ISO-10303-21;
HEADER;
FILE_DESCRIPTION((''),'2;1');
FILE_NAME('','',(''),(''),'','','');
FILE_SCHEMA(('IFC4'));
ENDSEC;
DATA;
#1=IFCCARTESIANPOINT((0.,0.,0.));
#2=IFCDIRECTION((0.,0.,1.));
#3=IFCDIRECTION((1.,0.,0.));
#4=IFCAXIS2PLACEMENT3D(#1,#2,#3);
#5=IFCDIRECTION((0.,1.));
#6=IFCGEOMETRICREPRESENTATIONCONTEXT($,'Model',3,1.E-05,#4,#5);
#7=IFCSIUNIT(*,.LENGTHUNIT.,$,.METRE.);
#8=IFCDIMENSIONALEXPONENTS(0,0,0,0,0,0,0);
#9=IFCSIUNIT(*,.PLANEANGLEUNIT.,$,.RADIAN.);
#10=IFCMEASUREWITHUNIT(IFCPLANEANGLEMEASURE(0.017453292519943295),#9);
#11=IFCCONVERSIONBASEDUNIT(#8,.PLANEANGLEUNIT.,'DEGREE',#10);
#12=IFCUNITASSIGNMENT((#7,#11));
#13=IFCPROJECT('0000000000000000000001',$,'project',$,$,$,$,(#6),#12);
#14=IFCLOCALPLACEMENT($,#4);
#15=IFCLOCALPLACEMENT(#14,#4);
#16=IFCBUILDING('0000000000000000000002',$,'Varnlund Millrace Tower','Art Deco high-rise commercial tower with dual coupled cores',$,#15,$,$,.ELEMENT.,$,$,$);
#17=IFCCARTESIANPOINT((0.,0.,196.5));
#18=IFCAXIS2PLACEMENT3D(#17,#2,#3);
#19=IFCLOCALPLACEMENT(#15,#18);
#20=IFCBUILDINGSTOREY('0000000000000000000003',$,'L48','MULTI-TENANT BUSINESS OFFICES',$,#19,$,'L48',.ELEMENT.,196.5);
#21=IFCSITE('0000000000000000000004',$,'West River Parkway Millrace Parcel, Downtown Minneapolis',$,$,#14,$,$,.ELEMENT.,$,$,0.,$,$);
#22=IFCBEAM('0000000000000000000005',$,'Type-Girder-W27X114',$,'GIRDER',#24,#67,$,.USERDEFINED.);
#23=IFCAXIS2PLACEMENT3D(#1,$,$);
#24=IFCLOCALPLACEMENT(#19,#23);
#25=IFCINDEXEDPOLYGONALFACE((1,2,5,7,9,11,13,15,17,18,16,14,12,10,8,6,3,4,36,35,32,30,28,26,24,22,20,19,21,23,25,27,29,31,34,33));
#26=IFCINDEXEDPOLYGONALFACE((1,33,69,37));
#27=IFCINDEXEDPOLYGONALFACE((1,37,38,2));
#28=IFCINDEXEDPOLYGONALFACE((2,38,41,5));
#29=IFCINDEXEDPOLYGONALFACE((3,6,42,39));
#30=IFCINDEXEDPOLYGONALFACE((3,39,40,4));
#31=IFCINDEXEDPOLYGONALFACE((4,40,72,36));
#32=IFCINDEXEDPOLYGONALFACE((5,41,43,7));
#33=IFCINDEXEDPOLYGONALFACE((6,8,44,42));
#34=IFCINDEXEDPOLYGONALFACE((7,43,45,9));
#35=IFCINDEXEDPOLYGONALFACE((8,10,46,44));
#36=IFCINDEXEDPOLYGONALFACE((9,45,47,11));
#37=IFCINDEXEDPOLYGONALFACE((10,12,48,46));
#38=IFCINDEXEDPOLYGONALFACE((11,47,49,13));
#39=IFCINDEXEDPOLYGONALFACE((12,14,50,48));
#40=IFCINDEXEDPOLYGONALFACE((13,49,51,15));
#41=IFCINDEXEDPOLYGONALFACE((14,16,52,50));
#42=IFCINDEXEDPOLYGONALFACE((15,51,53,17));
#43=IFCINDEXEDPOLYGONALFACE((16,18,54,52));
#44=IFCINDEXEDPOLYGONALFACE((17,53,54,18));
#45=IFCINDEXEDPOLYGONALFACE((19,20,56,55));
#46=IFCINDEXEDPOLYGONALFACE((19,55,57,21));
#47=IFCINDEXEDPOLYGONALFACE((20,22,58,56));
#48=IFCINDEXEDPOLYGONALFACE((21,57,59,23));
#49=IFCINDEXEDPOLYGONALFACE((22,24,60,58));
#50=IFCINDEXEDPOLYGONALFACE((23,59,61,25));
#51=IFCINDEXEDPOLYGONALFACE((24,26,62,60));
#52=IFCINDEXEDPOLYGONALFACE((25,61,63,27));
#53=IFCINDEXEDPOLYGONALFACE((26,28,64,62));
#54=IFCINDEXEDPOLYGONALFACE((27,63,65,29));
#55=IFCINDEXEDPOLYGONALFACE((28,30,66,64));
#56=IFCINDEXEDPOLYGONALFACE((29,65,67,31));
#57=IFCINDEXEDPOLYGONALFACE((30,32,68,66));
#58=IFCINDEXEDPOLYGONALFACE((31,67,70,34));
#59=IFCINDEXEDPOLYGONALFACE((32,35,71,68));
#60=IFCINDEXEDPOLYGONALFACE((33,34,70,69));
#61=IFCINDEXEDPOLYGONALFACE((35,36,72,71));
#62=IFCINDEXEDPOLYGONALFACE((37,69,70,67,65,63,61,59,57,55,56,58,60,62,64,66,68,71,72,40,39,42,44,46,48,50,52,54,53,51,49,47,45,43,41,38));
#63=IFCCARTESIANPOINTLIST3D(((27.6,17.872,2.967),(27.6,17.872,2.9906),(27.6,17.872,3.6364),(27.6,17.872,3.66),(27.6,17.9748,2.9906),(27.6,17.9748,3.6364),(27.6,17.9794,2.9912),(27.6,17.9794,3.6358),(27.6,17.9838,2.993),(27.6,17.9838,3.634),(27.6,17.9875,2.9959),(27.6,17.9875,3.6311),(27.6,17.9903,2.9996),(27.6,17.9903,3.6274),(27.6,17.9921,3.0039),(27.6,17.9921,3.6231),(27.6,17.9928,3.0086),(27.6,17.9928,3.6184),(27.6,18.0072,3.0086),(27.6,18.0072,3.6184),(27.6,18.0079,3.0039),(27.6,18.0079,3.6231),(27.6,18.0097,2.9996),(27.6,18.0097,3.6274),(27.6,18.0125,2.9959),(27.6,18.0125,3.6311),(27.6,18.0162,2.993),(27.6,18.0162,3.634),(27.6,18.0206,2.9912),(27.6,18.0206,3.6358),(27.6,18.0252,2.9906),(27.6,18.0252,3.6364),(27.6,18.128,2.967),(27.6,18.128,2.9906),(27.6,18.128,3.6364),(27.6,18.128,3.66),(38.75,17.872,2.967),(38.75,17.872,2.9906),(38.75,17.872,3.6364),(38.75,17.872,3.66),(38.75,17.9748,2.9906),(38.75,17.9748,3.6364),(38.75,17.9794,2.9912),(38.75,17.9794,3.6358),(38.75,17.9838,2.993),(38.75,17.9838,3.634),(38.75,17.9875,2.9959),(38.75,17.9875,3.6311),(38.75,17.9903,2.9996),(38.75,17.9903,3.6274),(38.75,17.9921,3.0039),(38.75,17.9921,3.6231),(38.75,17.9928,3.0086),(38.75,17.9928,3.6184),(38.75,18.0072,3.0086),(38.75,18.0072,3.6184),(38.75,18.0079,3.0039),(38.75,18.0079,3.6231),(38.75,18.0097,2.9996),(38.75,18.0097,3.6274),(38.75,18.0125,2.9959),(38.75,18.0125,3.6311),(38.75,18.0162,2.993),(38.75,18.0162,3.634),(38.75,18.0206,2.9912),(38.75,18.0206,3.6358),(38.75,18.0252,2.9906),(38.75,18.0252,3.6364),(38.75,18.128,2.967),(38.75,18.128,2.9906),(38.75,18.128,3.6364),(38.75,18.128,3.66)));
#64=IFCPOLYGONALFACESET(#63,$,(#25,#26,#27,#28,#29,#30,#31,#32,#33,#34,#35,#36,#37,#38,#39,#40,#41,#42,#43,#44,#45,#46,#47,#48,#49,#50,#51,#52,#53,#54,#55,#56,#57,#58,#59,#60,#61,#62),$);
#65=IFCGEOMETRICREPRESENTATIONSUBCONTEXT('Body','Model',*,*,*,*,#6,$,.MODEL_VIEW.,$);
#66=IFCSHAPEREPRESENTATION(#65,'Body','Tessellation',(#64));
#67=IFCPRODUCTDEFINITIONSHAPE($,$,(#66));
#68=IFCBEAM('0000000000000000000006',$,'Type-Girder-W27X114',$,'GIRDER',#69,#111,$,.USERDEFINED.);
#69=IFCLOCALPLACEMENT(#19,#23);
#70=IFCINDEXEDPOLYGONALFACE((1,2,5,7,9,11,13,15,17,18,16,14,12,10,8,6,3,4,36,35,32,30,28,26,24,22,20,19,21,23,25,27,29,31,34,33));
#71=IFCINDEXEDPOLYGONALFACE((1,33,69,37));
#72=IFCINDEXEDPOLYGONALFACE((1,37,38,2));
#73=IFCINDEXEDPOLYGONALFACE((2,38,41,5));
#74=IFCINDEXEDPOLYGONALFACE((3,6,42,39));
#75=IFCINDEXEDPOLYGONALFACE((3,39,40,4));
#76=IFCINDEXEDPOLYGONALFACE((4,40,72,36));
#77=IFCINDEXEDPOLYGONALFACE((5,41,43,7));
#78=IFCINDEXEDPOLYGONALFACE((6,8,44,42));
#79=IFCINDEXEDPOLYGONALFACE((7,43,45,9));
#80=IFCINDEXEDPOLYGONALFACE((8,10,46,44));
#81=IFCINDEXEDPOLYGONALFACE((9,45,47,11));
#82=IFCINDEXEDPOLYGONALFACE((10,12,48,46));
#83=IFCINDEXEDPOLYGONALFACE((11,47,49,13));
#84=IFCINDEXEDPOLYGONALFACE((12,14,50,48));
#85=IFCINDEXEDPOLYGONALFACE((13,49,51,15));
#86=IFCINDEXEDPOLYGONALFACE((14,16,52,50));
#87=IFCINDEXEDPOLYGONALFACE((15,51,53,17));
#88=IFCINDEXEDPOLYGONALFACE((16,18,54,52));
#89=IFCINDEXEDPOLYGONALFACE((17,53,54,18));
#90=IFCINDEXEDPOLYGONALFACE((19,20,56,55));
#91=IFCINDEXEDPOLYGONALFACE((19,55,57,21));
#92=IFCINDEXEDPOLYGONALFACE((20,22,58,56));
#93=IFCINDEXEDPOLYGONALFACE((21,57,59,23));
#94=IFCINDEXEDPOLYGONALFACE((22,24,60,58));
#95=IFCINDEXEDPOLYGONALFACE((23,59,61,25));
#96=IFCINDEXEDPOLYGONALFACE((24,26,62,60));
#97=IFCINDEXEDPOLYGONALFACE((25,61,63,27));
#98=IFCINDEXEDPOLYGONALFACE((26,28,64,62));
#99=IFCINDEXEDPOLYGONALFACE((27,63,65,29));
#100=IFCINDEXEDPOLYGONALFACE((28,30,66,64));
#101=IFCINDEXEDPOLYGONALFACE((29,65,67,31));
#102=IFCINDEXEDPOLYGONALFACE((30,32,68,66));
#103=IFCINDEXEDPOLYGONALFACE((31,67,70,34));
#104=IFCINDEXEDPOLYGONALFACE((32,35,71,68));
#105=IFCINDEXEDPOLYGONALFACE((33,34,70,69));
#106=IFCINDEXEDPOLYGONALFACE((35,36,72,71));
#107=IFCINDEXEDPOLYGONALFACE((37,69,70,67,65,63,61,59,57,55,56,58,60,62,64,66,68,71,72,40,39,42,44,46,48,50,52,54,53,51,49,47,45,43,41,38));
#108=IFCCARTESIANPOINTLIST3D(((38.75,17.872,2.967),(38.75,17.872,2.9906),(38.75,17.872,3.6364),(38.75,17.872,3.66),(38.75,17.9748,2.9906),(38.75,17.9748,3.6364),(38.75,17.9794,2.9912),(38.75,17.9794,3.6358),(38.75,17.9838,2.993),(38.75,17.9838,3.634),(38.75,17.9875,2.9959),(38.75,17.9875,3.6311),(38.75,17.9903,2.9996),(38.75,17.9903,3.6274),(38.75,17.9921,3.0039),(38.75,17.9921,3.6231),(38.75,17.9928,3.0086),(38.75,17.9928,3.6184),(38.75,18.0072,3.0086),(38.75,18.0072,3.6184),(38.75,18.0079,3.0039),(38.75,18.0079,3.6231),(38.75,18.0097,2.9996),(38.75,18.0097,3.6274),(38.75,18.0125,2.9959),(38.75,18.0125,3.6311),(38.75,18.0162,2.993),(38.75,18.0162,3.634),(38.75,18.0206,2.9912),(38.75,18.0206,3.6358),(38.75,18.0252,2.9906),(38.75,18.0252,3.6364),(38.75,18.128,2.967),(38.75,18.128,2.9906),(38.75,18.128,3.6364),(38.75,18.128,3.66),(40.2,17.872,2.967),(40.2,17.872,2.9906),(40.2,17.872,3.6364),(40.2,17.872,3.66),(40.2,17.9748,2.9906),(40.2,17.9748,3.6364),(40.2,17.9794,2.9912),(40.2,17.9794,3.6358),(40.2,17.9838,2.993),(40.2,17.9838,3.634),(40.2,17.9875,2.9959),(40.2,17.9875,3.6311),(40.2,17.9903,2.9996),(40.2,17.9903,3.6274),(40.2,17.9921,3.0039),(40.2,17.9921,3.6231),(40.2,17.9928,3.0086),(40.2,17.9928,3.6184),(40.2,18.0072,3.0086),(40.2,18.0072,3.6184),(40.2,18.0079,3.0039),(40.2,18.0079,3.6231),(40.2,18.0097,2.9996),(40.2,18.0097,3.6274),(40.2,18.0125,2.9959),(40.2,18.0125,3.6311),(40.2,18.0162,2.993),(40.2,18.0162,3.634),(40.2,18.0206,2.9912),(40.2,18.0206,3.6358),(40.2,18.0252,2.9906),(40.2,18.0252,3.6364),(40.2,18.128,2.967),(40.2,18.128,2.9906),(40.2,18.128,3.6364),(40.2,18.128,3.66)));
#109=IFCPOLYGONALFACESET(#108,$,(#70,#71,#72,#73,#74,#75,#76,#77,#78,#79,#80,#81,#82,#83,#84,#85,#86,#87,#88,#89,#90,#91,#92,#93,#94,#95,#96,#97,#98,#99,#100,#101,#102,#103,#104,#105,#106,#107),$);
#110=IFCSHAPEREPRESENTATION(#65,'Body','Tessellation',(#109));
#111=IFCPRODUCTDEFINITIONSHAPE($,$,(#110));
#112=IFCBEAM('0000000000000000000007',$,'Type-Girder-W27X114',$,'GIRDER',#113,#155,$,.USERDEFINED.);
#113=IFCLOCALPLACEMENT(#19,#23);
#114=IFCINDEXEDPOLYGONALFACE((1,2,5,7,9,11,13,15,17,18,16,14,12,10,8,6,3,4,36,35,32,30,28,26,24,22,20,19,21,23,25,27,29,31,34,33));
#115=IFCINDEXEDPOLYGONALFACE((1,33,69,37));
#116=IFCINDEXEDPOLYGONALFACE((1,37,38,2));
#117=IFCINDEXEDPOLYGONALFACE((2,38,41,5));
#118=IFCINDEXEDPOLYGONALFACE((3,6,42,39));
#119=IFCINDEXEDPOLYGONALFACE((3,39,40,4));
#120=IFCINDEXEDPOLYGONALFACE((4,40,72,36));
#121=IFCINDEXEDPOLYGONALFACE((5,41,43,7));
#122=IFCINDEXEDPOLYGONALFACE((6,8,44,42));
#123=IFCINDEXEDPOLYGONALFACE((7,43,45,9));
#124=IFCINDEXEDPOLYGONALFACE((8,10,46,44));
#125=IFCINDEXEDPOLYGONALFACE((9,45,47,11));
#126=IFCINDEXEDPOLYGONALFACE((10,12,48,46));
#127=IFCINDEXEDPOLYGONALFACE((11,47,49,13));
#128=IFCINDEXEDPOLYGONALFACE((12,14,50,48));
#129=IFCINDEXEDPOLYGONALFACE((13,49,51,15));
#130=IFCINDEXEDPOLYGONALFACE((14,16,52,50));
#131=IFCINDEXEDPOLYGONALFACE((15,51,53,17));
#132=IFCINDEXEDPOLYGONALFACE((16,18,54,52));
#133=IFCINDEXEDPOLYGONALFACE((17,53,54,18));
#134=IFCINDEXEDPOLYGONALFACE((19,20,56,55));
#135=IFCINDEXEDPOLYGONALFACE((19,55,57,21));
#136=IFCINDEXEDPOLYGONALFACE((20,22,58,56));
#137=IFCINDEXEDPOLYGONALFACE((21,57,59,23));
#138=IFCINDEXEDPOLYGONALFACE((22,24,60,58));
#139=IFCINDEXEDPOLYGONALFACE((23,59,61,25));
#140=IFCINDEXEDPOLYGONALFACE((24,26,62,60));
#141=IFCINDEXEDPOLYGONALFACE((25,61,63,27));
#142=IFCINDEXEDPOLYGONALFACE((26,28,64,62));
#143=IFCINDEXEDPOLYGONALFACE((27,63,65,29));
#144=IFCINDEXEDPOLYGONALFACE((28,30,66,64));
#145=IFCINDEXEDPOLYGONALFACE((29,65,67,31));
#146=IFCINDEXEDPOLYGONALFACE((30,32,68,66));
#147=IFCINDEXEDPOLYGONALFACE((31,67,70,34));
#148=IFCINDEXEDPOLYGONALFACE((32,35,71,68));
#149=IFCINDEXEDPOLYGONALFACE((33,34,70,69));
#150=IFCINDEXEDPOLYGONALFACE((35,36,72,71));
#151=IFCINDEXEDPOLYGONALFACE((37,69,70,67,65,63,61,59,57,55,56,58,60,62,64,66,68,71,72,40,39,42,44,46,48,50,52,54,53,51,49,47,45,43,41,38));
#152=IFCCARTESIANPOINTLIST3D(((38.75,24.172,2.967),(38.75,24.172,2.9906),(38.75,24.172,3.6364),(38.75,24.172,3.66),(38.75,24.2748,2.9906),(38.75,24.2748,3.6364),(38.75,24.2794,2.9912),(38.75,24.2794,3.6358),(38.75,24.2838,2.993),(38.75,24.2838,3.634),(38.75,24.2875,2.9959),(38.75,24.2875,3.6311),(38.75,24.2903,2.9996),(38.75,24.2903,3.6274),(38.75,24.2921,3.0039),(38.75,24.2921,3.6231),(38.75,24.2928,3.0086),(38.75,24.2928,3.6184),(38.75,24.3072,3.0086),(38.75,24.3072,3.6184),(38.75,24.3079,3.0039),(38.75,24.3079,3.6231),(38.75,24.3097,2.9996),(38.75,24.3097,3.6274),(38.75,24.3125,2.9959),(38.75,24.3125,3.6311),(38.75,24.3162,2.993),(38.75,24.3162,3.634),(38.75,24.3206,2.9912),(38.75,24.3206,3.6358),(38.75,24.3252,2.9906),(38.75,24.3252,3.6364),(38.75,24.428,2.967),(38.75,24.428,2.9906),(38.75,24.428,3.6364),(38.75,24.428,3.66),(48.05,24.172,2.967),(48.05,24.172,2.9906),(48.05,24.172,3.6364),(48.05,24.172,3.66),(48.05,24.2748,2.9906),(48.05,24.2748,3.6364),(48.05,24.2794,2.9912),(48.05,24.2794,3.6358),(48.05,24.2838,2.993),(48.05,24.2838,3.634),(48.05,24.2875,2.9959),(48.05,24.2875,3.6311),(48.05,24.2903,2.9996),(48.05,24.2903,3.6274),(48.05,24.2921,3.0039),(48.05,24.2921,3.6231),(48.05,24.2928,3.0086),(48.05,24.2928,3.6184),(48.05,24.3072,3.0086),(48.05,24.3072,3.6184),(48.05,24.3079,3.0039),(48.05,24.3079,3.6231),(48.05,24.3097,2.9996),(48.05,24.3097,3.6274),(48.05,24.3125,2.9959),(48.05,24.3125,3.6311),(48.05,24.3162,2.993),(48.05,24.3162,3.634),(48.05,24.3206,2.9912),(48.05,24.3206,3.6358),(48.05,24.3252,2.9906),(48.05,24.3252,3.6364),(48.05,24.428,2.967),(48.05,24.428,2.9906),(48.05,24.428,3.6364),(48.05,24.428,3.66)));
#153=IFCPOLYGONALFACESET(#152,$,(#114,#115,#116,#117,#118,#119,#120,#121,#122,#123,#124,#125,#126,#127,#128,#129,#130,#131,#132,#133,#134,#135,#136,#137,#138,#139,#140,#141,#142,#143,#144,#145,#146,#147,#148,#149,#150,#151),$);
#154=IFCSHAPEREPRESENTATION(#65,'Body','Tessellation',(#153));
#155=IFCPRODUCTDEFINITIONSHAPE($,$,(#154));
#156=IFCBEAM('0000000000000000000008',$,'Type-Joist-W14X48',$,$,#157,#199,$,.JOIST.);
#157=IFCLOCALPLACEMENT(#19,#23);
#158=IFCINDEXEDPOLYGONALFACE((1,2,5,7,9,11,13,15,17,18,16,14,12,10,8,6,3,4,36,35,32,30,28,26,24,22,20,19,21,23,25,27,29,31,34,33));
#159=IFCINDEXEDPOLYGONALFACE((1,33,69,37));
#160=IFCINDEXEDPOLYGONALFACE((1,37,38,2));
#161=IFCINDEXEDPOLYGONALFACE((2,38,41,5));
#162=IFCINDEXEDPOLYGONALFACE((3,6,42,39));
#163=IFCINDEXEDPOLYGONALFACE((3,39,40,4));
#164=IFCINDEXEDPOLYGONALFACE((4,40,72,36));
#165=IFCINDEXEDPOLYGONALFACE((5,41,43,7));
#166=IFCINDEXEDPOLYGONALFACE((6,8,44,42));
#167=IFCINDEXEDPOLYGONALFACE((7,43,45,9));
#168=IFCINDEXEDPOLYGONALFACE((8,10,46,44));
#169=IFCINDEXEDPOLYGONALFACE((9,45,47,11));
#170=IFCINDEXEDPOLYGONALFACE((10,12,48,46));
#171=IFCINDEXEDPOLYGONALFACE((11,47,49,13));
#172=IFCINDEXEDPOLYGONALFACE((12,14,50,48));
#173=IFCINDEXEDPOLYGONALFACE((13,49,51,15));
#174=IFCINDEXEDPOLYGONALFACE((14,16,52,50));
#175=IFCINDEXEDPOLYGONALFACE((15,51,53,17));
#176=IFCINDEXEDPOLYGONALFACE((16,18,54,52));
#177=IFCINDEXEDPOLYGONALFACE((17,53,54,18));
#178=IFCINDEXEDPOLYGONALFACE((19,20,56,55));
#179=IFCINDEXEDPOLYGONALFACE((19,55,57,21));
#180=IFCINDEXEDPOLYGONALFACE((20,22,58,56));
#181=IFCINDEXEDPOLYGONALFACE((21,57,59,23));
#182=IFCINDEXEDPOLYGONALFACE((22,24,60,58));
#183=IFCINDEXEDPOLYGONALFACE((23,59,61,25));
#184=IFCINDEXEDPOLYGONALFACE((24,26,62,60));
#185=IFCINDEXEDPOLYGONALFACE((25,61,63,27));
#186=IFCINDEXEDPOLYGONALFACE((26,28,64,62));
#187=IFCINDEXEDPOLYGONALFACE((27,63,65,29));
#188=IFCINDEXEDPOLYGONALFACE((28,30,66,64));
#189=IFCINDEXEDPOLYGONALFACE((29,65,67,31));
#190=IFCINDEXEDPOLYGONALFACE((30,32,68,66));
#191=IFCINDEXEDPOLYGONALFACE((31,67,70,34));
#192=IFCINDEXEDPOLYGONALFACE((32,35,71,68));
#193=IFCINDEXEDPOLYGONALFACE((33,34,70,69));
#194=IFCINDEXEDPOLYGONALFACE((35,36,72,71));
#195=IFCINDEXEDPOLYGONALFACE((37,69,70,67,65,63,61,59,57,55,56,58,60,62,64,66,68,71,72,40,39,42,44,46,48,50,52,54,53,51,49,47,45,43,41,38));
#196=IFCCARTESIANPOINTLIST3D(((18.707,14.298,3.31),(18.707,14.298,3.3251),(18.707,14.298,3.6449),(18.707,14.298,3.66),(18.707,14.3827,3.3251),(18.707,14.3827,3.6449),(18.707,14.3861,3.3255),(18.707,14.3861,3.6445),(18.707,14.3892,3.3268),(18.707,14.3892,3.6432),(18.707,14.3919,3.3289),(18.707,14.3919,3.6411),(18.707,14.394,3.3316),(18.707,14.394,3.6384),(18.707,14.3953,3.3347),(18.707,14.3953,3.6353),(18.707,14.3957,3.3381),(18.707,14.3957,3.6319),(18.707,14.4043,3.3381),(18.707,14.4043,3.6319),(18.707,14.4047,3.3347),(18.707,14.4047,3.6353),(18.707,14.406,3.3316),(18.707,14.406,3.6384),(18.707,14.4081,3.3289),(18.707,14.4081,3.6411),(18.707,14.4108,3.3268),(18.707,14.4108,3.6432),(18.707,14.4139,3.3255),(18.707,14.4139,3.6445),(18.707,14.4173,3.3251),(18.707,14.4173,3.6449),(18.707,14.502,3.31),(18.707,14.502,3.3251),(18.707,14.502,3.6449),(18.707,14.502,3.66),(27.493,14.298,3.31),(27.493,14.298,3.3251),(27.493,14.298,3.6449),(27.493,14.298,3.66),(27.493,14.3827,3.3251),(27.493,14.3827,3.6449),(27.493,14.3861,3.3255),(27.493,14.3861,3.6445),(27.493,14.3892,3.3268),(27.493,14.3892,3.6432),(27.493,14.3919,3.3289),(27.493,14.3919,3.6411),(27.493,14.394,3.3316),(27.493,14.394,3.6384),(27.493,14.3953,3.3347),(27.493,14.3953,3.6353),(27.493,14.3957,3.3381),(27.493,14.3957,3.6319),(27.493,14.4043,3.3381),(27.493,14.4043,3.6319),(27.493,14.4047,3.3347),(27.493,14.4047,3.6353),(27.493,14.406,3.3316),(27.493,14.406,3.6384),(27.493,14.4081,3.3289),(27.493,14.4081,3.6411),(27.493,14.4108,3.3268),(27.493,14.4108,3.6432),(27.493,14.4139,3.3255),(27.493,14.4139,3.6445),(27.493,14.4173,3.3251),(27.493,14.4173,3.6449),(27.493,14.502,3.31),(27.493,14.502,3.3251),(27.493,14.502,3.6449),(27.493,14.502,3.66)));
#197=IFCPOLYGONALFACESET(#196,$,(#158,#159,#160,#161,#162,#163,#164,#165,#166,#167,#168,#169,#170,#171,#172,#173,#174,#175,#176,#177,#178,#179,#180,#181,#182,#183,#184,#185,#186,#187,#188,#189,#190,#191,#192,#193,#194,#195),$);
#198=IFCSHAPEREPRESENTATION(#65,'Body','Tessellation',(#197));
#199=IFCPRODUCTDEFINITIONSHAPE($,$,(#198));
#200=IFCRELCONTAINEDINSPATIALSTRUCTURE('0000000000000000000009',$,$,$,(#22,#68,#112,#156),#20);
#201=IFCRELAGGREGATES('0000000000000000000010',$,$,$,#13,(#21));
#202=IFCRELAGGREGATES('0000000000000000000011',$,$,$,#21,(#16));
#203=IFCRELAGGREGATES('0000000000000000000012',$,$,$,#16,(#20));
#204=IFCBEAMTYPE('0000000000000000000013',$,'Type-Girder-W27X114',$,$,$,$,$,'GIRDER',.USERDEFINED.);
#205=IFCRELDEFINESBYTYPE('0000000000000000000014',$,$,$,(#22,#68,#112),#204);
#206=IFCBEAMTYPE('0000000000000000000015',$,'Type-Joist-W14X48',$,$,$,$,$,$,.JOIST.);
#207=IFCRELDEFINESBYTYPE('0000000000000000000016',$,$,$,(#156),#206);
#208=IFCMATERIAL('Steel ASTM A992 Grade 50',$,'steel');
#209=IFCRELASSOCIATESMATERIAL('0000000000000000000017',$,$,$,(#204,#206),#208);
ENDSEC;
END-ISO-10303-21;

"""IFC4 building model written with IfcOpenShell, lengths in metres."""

from ifc_helpers import new_model, entity, si_unit, converted_unit, direction, frame, origin_with_axes, origin_2d_with_axis, place, context, subcontext, project, spatial, i_section, extrude, material, material_profile, profile_set, type_object, element, save


model = new_model("IFC4")

# Units and contexts
model_context = context("Model", 3, precision=1e-05, world=origin_with_axes(), true_north=direction((0.0, 1.0)))
body_context = subcontext(model_context, "Body", "Model", "MODEL_VIEW")
ifc_project = project(units=[si_unit("LENGTHUNIT", "METRE"), converted_unit("PLANEANGLEUNIT", "DEGREE", entity("IfcPlaneAngleMeasure", 0.017453292519943295), si_unit("PLANEANGLEUNIT", "RADIAN"), dimensions=[0, 0, 0, 0, 0, 0, 0])], contexts=[model_context])

# Site, building, storey
site_placement = place(None, origin_with_axes())
site = spatial("IfcSite", under=ifc_project, at=site_placement, Name="West River Parkway Millrace Parcel, Downtown Minneapolis", CompositionType="ELEMENT", RefElevation=0.0)
building_placement = place(site_placement, origin_with_axes())
building = spatial("IfcBuilding", under=site, at=building_placement, Name="Varnlund Millrace Tower", Description="Art Deco high-rise commercial tower with dual coupled cores", CompositionType="ELEMENT")
storey_placement = place(building_placement, frame((0.0, 0.0, 196.5), z_axis=(0.0, 0.0, 1.0), x_axis=(1.0, 0.0, 0.0)))
storey = spatial("IfcBuildingStorey", under=building, at=storey_placement, Name="L48", Description="MULTI-TENANT BUSINESS OFFICES", LongName="L48", CompositionType="ELEMENT", Elevation=196.5)

# Beams
ifc_material_1 = material(Name="Steel ASTM A992 Grade 50", Category="steel")
ifc_material_profile_1 = material_profile(ifc_material_1, i_section(OverallWidth=0.256, OverallDepth=0.693, WebThickness=0.0145, FlangeThickness=0.0236, FilletRadius=0.018, at=origin_2d_with_axis()), Name="Steel ASTM A992 Grade 50")
ifc_profile_set_1 = profile_set([ifc_material_profile_1], Name="Steel ASTM A992 Grade 50")
beam_type_1 = type_object("IfcBeamType", Name="Type-Girder-W27X114", ElementType="GIRDER", PredefinedType="USERDEFINED", material=ifc_profile_set_1)
beam_1_placement = place(storey_placement, frame((27.6, 18.0, 3.3135), z_axis=(1.0, 0.0, 0.0), x_axis=(0.0, 1.0, 0.0)))
element("IfcBeam", 1, at=beam_1_placement, inside=storey, type_object=beam_type_1, Name="Type-Girder-W27X114", ObjectType="GIRDER", PredefinedType="USERDEFINED", context=body_context, shape_type="SweptSolid", body=[
    extrude(i_section(OverallWidth=0.256, OverallDepth=0.693, WebThickness=0.0145, FlangeThickness=0.0236, FilletRadius=0.018, at=origin_2d_with_axis()), origin_with_axes(), (0.0, 0.0, 1.0), 11.15),
])
beam_2_placement = place(storey_placement, frame((38.75, 18.0, 3.3135), z_axis=(1.0, 0.0, 0.0), x_axis=(0.0, 1.0, 0.0)))
element("IfcBeam", 2, at=beam_2_placement, inside=storey, type_object=beam_type_1, Name="Type-Girder-W27X114", ObjectType="GIRDER", PredefinedType="USERDEFINED", context=body_context, shape_type="SweptSolid", body=[
    extrude(i_section(OverallWidth=0.256, OverallDepth=0.693, WebThickness=0.0145, FlangeThickness=0.0236, FilletRadius=0.018, at=origin_2d_with_axis()), origin_with_axes(), (0.0, 0.0, 1.0), 1.45),
])
beam_3_placement = place(storey_placement, frame((38.75, 24.3, 3.3135), z_axis=(1.0, 0.0, 0.0), x_axis=(0.0, 1.0, 0.0)))
element("IfcBeam", 3, at=beam_3_placement, inside=storey, type_object=beam_type_1, Name="Type-Girder-W27X114", ObjectType="GIRDER", PredefinedType="USERDEFINED", context=body_context, shape_type="SweptSolid", body=[
    extrude(i_section(OverallWidth=0.256, OverallDepth=0.693, WebThickness=0.0145, FlangeThickness=0.0236, FilletRadius=0.018, at=origin_2d_with_axis()), origin_with_axes(), (0.0, 0.0, 1.0), 9.3),
])
ifc_material_profile_2 = material_profile(ifc_material_1, i_section(OverallWidth=0.204, OverallDepth=0.35, WebThickness=0.0086, FlangeThickness=0.0151, FilletRadius=0.013, at=origin_2d_with_axis()), Name="Steel ASTM A992 Grade 50")
ifc_profile_set_2 = profile_set([ifc_material_profile_2], Name="Steel ASTM A992 Grade 50")
beam_type_2 = type_object("IfcBeamType", Name="Type-Joist-W14X48", PredefinedType="JOIST", material=ifc_profile_set_2)
beam_4_placement = place(storey_placement, frame((18.707, 14.4, 3.485), z_axis=(1.0, 0.0, 0.0), x_axis=(0.0, 1.0, 0.0)))
element("IfcBeam", 4, at=beam_4_placement, inside=storey, type_object=beam_type_2, Name="Type-Joist-W14X48", PredefinedType="JOIST", context=body_context, shape_type="SweptSolid", body=[
    extrude(i_section(OverallWidth=0.204, OverallDepth=0.35, WebThickness=0.0086, FlangeThickness=0.0151, FilletRadius=0.013, at=origin_2d_with_axis()), origin_with_axes(), (0.0, 0.0, 1.0), 8.786),
])

save(model, "model.ifc")
